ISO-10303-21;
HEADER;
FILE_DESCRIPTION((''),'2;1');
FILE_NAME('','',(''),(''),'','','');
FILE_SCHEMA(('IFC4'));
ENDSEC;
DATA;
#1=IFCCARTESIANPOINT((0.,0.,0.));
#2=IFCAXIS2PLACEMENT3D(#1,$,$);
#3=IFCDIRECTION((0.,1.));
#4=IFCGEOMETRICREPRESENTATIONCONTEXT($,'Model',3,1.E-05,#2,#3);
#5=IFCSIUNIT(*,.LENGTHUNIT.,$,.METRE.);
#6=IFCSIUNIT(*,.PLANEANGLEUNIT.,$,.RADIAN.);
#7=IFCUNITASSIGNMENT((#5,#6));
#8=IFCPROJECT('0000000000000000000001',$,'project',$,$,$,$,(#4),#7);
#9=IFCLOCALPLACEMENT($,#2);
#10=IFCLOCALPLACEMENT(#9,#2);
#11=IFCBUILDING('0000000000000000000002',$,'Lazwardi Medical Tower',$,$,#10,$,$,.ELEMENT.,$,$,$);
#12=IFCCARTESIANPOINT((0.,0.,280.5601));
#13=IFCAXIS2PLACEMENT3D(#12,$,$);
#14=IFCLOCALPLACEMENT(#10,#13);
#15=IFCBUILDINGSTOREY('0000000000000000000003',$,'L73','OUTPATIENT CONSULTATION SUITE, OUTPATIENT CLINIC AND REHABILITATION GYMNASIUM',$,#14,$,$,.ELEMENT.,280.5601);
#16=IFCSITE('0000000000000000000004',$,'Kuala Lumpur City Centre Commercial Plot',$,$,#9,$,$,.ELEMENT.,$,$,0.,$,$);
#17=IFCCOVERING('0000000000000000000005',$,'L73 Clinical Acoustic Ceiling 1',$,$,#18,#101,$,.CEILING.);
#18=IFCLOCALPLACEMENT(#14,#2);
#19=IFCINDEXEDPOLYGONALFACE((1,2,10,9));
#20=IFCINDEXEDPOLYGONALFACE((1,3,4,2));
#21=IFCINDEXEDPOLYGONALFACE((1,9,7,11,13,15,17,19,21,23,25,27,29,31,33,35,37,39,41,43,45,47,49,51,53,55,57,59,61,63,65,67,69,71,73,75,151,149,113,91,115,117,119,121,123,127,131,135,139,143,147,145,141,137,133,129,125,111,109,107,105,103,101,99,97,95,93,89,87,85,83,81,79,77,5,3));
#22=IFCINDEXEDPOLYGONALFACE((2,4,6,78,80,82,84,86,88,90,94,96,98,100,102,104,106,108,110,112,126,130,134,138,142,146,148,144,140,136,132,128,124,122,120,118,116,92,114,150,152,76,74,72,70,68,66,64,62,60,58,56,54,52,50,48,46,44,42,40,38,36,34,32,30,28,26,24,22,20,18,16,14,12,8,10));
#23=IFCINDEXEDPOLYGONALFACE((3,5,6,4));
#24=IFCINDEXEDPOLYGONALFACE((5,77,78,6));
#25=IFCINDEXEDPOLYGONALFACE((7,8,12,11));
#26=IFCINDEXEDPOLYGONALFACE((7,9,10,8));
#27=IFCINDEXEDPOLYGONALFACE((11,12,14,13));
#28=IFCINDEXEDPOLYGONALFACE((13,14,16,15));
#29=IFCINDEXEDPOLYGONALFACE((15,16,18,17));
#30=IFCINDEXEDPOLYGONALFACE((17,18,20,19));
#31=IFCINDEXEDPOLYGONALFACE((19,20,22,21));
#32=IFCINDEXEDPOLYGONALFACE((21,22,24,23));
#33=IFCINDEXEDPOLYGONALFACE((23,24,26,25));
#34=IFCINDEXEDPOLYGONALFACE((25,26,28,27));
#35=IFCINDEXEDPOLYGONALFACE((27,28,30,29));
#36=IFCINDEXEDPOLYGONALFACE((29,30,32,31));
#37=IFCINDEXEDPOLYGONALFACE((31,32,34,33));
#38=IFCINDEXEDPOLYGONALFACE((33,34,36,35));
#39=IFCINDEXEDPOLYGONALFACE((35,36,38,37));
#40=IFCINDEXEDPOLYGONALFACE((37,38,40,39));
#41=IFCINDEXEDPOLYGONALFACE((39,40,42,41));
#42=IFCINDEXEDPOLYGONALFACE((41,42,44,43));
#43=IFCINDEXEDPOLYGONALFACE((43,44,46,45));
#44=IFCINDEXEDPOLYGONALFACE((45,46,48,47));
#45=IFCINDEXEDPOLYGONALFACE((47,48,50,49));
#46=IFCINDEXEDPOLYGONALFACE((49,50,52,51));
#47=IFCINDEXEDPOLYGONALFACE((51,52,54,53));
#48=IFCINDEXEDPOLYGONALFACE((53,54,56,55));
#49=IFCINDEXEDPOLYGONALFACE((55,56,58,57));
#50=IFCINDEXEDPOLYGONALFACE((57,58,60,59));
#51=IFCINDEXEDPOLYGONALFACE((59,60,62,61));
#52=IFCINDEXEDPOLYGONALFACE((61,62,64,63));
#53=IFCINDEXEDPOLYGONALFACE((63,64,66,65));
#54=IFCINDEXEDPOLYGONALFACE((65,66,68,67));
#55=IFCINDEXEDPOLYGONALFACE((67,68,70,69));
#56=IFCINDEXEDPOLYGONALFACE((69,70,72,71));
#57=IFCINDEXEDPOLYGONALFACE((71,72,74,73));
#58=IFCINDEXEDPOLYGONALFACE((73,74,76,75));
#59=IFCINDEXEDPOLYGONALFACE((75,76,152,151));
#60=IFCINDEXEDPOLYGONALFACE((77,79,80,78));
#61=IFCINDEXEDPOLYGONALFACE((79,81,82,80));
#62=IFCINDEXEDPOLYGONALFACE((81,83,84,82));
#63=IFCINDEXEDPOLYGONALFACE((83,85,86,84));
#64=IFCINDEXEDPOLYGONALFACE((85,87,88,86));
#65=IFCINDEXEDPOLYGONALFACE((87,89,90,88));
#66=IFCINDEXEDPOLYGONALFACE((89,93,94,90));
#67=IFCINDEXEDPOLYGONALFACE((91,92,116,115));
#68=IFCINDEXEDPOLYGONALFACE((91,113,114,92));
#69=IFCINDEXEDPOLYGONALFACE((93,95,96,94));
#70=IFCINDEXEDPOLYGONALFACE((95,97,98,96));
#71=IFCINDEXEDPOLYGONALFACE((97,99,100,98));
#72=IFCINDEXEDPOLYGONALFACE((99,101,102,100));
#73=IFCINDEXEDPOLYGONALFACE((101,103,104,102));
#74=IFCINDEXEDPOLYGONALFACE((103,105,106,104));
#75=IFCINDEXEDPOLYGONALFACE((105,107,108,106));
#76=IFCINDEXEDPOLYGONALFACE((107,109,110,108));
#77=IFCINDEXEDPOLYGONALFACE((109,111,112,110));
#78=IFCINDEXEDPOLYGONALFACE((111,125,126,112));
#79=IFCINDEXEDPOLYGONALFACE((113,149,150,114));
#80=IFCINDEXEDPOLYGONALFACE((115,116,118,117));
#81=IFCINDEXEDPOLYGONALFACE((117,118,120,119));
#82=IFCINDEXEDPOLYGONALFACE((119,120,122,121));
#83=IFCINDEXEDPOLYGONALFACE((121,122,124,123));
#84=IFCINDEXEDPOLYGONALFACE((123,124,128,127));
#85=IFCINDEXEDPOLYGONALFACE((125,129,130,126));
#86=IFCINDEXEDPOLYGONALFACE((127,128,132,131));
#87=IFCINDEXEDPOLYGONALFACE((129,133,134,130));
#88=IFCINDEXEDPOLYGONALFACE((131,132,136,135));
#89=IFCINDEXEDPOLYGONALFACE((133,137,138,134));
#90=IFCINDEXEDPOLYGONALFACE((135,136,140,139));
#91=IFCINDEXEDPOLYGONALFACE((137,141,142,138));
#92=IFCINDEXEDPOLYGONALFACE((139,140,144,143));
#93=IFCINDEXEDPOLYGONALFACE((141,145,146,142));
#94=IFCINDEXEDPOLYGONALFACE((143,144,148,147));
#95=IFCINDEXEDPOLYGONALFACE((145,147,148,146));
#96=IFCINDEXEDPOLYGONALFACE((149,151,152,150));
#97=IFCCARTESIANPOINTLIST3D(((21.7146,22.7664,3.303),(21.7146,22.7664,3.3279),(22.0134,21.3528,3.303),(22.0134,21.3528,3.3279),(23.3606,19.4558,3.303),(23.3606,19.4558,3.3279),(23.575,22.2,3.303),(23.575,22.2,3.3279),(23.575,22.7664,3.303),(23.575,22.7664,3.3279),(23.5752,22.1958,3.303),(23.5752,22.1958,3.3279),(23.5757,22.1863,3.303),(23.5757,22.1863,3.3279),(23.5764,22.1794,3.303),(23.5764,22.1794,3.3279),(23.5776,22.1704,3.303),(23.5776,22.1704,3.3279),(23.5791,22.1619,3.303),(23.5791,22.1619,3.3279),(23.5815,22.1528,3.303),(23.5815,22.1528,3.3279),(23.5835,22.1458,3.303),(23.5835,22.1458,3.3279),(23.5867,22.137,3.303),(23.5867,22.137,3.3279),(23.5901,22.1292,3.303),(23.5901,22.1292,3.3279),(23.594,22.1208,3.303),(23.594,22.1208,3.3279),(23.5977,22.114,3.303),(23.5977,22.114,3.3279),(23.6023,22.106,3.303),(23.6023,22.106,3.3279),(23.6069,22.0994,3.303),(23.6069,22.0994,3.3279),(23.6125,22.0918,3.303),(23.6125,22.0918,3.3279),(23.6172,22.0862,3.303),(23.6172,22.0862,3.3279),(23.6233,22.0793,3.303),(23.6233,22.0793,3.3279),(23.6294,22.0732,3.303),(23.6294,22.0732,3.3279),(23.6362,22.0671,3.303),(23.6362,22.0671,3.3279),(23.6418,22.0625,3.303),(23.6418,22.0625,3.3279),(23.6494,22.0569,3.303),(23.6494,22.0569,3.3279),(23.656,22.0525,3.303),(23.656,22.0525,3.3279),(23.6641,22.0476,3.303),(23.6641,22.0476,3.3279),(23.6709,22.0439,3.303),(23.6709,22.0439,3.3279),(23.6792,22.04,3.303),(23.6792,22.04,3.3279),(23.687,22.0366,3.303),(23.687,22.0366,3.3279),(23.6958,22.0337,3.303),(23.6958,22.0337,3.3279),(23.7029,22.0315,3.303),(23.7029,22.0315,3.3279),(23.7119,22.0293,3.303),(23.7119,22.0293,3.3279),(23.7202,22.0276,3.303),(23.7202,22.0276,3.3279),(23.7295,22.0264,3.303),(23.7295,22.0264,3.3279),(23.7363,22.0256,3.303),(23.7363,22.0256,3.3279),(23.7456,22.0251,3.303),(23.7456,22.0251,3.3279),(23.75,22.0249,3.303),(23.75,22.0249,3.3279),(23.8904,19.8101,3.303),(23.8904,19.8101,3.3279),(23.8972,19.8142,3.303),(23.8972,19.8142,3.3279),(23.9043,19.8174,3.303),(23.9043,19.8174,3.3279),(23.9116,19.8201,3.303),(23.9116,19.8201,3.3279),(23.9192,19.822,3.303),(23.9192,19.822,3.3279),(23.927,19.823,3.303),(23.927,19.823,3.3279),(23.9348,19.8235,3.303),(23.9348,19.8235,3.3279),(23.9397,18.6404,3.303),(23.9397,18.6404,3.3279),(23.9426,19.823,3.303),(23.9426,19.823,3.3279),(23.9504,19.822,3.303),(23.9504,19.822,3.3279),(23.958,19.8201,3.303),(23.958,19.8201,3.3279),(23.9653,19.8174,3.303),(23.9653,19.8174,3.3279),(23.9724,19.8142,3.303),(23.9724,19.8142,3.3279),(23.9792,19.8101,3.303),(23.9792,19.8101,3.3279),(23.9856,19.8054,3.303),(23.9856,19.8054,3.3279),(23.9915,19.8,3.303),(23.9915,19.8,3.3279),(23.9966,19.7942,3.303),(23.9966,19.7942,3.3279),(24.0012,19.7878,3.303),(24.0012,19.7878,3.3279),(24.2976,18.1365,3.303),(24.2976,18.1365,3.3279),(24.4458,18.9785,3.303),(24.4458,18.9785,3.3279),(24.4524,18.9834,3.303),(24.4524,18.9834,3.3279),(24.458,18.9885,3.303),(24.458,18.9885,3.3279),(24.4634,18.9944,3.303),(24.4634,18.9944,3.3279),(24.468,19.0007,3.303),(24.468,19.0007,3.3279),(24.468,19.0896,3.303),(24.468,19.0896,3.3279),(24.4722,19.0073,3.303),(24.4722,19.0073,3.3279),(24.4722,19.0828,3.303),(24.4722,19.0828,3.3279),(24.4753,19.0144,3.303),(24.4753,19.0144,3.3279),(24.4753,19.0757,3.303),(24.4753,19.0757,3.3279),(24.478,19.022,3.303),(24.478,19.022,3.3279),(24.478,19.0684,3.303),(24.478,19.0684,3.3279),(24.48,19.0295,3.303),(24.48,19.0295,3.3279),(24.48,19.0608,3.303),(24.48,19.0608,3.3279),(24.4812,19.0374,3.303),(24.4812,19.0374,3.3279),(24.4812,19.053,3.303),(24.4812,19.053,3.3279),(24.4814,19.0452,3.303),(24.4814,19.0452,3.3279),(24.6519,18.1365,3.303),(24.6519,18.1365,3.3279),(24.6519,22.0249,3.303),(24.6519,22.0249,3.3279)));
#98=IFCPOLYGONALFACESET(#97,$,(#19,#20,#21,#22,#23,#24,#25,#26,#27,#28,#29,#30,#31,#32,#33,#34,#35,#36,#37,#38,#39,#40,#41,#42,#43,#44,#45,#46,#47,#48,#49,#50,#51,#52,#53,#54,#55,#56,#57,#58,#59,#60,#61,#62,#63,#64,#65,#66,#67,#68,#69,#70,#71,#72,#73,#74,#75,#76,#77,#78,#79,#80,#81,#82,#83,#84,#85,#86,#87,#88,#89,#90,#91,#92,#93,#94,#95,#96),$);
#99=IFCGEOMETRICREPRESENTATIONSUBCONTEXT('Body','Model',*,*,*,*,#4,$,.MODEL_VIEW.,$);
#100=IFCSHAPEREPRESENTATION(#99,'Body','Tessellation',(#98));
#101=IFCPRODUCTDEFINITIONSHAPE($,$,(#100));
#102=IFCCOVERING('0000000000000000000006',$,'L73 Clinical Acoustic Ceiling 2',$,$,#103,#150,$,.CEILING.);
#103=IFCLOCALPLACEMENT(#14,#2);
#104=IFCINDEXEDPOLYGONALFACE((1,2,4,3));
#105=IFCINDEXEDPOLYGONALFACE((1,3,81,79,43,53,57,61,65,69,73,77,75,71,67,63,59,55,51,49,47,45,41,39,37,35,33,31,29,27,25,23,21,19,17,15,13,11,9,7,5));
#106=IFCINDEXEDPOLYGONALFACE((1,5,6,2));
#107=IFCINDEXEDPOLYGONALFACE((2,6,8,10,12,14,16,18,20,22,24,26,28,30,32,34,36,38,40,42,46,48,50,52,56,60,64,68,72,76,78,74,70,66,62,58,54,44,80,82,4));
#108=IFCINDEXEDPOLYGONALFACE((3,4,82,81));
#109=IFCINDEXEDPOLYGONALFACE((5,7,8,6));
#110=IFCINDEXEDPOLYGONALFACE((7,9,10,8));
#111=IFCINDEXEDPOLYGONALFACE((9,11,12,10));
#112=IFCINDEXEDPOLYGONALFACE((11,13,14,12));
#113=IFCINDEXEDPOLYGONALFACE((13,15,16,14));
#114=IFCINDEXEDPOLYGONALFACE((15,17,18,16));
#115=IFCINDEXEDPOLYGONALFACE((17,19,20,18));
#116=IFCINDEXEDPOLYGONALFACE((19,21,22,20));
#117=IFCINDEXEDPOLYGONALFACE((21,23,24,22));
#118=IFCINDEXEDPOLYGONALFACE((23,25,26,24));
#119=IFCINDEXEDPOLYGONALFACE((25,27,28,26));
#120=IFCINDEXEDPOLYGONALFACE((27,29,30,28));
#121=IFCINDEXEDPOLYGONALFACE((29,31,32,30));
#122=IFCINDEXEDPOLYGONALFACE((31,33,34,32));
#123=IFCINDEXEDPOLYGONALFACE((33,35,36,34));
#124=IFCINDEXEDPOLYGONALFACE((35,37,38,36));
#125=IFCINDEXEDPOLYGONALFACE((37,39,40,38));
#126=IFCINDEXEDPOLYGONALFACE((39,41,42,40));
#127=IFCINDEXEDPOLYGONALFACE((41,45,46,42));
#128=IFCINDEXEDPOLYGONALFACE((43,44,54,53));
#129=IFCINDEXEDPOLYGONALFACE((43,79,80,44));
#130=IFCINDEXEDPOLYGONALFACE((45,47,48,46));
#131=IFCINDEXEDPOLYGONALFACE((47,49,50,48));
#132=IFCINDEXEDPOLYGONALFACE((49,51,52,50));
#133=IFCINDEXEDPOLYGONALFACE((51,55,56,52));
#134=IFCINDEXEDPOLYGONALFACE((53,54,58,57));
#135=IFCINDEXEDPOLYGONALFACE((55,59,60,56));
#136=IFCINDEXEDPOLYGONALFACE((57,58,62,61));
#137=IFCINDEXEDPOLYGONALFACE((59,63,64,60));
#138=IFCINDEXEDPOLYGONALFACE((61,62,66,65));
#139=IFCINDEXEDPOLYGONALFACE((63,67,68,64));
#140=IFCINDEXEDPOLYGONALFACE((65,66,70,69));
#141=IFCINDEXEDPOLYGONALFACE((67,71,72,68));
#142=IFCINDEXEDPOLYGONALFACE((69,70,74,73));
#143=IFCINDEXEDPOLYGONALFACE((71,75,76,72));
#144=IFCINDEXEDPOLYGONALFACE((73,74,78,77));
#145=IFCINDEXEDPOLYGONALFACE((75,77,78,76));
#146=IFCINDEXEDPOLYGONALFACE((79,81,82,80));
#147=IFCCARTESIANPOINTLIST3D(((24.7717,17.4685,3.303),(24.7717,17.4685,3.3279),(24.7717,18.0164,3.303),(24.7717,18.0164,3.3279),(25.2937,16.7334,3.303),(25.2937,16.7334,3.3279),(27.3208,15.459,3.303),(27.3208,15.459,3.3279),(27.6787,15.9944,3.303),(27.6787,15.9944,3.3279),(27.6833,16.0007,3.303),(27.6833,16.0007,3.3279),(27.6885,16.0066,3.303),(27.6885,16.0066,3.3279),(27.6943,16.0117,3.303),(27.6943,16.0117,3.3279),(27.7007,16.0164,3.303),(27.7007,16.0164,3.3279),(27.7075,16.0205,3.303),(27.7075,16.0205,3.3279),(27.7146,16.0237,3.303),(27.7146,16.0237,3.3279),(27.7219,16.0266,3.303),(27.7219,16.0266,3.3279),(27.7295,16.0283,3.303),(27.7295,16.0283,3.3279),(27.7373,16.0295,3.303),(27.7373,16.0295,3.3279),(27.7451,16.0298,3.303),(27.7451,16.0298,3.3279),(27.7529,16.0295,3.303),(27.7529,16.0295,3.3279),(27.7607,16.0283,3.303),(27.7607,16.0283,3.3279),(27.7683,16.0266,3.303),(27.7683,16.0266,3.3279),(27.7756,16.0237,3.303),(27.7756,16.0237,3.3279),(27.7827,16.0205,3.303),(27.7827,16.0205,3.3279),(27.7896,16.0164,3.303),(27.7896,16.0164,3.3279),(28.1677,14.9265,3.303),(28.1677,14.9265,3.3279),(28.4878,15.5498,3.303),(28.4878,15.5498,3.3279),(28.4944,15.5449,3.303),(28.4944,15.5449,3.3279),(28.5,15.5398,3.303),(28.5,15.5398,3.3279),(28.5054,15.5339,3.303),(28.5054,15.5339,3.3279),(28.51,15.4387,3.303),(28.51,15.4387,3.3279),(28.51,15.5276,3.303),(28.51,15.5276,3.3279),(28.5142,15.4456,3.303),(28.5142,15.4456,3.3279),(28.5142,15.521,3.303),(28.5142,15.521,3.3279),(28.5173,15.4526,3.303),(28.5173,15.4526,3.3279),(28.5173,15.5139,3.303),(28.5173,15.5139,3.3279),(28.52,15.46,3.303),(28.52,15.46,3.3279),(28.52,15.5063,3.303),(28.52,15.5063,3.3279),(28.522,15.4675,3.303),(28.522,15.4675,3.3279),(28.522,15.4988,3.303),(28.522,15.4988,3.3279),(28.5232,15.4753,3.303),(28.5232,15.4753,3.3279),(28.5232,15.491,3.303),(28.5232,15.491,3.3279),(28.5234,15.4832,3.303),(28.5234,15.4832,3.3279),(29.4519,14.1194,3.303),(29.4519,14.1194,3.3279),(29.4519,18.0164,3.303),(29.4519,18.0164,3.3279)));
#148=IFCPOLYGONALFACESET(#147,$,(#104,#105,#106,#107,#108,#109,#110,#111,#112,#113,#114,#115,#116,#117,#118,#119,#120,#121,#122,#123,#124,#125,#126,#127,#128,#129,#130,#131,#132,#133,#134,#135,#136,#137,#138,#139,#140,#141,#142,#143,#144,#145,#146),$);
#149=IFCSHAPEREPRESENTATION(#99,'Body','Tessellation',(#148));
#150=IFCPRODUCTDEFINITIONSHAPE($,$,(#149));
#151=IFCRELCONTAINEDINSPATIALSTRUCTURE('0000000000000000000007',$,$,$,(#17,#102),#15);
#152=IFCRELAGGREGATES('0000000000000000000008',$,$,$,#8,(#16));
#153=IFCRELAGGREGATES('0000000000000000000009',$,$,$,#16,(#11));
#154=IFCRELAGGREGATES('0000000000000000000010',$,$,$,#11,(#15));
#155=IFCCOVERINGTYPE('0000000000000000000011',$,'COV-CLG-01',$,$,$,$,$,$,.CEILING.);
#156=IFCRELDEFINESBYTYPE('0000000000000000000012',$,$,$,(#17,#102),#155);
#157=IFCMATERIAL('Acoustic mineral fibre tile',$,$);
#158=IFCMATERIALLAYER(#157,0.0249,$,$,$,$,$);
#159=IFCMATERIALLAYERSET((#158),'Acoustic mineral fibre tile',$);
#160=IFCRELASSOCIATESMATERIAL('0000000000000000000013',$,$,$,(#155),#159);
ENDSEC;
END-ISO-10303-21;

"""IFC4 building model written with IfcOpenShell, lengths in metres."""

from ifc_helpers import new_model, si_unit, direction, frame, origin, place, context, subcontext, project, spatial, polyline, outline, extrude, material, layer, layer_set, type_object, element, save


model = new_model("IFC4")

# Units and contexts
model_context = context("Model", 3, precision=1e-05, world=origin(), true_north=direction((0.0, 1.0)))
body_context = subcontext(model_context, "Body", "Model", "MODEL_VIEW")
ifc_project = project(units=[si_unit("LENGTHUNIT", "METRE"), si_unit("PLANEANGLEUNIT", "RADIAN")], contexts=[model_context])

# Site, building, storey
site_placement = place(None, origin())
site = spatial("IfcSite", under=ifc_project, at=site_placement, Name="Kuala Lumpur City Centre Commercial Plot", CompositionType="ELEMENT", RefElevation=0.0)
building_placement = place(site_placement, origin())
building = spatial("IfcBuilding", under=site, at=building_placement, Name="Lazwardi Medical Tower", CompositionType="ELEMENT")
storey_placement = place(building_placement, frame((0.0, 0.0, 280.5601)))
storey = spatial("IfcBuildingStorey", under=building, at=storey_placement, Name="L73", Description="OUTPATIENT CONSULTATION SUITE, OUTPATIENT CLINIC AND REHABILITATION GYMNASIUM", CompositionType="ELEMENT", Elevation=280.5601)

# Coverings
ifc_material_1 = material(Name="Acoustic mineral fibre tile")
ifc_layer_1 = layer(ifc_material_1, 0.0249)
ifc_layer_set_1 = layer_set([ifc_layer_1], Name="Acoustic mineral fibre tile")
covering_type_1 = type_object("IfcCoveringType", Name="COV-CLG-01", PredefinedType="CEILING", material=ifc_layer_set_1)
covering_1_placement = place(storey_placement, frame((0.0, 0.0, 3.303)))
element("IfcCovering", 1, at=covering_1_placement, inside=storey, type_object=covering_type_1, Name="L73 Clinical Acoustic Ceiling 1", PredefinedType="CEILING", context=body_context, shape_type="SweptSolid", body=[
    extrude(outline(polyline([(24.6519, 22.0249), (23.75, 22.0249), (23.7456, 22.0251), (23.7363, 22.0256), (23.7295, 22.0264), (23.7202, 22.0276), (23.7119, 22.0293), (23.7029, 22.0315), (23.6958, 22.0337), (23.687, 22.0366), (23.6792, 22.04), (23.6709, 22.0439), (23.6641, 22.0476), (23.656, 22.0525), (23.6494, 22.0569), (23.6418, 22.0625), (23.6362, 22.0671), (23.6294, 22.0732), (23.6233, 22.0793), (23.6172, 22.0862), (23.6125, 22.0918), (23.6069, 22.0994), (23.6023, 22.106), (23.5977, 22.114), (23.594, 22.1208), (23.5901, 22.1292), (23.5867, 22.137), (23.5835, 22.1458), (23.5815, 22.1528), (23.5791, 22.1619), (23.5776, 22.1704), (23.5764, 22.1794), (23.5757, 22.1863), (23.5752, 22.1958), (23.575, 22.2), (23.575, 22.7664), (21.7146, 22.7664), (22.0134, 21.3528), (23.3606, 19.4558), (23.8904, 19.8101), (23.8972, 19.8142), (23.9043, 19.8174), (23.9116, 19.8201), (23.9192, 19.822), (23.927, 19.823), (23.9348, 19.8235), (23.9426, 19.823), (23.9504, 19.822), (23.958, 19.8201), (23.9653, 19.8174), (23.9724, 19.8142), (23.9792, 19.8101), (23.9856, 19.8054), (23.9915, 19.8), (23.9966, 19.7942), (24.0012, 19.7878), (24.468, 19.0896), (24.4722, 19.0828), (24.4753, 19.0757), (24.478, 19.0684), (24.48, 19.0608), (24.4812, 19.053), (24.4814, 19.0452), (24.4812, 19.0374), (24.48, 19.0295), (24.478, 19.022), (24.4753, 19.0144), (24.4722, 19.0073), (24.468, 19.0007), (24.4634, 18.9944), (24.458, 18.9885), (24.4524, 18.9834), (24.4458, 18.9785), (23.9397, 18.6404), (24.2976, 18.1365), (24.6519, 18.1365), (24.6519, 22.0249)])), origin(), (0.0, 0.0, 1.0), 0.0249),
])
covering_2_placement = place(storey_placement, frame((0.0, 0.0, 3.303)))
element("IfcCovering", 2, at=covering_2_placement, inside=storey, type_object=covering_type_1, Name="L73 Clinical Acoustic Ceiling 2", PredefinedType="CEILING", context=body_context, shape_type="SweptSolid", body=[
    extrude(outline(polyline([(24.7717, 17.4685), (25.2937, 16.7334), (27.3208, 15.459), (27.6787, 15.9944), (27.6833, 16.0007), (27.6885, 16.0066), (27.6943, 16.0117), (27.7007, 16.0164), (27.7075, 16.0205), (27.7146, 16.0237), (27.7219, 16.0266), (27.7295, 16.0283), (27.7373, 16.0295), (27.7451, 16.0298), (27.7529, 16.0295), (27.7607, 16.0283), (27.7683, 16.0266), (27.7756, 16.0237), (27.7827, 16.0205), (27.7896, 16.0164), (28.4878, 15.5498), (28.4944, 15.5449), (28.5, 15.5398), (28.5054, 15.5339), (28.51, 15.5276), (28.5142, 15.521), (28.5173, 15.5139), (28.52, 15.5063), (28.522, 15.4988), (28.5232, 15.491), (28.5234, 15.4832), (28.5232, 15.4753), (28.522, 15.4675), (28.52, 15.46), (28.5173, 15.4526), (28.5142, 15.4456), (28.51, 15.4387), (28.1677, 14.9265), (29.4519, 14.1194), (29.4519, 18.0164), (24.7717, 18.0164), (24.7717, 17.4685)])), origin(), (0.0, 0.0, 1.0), 0.0249),
])

save(model, "model.ifc")
